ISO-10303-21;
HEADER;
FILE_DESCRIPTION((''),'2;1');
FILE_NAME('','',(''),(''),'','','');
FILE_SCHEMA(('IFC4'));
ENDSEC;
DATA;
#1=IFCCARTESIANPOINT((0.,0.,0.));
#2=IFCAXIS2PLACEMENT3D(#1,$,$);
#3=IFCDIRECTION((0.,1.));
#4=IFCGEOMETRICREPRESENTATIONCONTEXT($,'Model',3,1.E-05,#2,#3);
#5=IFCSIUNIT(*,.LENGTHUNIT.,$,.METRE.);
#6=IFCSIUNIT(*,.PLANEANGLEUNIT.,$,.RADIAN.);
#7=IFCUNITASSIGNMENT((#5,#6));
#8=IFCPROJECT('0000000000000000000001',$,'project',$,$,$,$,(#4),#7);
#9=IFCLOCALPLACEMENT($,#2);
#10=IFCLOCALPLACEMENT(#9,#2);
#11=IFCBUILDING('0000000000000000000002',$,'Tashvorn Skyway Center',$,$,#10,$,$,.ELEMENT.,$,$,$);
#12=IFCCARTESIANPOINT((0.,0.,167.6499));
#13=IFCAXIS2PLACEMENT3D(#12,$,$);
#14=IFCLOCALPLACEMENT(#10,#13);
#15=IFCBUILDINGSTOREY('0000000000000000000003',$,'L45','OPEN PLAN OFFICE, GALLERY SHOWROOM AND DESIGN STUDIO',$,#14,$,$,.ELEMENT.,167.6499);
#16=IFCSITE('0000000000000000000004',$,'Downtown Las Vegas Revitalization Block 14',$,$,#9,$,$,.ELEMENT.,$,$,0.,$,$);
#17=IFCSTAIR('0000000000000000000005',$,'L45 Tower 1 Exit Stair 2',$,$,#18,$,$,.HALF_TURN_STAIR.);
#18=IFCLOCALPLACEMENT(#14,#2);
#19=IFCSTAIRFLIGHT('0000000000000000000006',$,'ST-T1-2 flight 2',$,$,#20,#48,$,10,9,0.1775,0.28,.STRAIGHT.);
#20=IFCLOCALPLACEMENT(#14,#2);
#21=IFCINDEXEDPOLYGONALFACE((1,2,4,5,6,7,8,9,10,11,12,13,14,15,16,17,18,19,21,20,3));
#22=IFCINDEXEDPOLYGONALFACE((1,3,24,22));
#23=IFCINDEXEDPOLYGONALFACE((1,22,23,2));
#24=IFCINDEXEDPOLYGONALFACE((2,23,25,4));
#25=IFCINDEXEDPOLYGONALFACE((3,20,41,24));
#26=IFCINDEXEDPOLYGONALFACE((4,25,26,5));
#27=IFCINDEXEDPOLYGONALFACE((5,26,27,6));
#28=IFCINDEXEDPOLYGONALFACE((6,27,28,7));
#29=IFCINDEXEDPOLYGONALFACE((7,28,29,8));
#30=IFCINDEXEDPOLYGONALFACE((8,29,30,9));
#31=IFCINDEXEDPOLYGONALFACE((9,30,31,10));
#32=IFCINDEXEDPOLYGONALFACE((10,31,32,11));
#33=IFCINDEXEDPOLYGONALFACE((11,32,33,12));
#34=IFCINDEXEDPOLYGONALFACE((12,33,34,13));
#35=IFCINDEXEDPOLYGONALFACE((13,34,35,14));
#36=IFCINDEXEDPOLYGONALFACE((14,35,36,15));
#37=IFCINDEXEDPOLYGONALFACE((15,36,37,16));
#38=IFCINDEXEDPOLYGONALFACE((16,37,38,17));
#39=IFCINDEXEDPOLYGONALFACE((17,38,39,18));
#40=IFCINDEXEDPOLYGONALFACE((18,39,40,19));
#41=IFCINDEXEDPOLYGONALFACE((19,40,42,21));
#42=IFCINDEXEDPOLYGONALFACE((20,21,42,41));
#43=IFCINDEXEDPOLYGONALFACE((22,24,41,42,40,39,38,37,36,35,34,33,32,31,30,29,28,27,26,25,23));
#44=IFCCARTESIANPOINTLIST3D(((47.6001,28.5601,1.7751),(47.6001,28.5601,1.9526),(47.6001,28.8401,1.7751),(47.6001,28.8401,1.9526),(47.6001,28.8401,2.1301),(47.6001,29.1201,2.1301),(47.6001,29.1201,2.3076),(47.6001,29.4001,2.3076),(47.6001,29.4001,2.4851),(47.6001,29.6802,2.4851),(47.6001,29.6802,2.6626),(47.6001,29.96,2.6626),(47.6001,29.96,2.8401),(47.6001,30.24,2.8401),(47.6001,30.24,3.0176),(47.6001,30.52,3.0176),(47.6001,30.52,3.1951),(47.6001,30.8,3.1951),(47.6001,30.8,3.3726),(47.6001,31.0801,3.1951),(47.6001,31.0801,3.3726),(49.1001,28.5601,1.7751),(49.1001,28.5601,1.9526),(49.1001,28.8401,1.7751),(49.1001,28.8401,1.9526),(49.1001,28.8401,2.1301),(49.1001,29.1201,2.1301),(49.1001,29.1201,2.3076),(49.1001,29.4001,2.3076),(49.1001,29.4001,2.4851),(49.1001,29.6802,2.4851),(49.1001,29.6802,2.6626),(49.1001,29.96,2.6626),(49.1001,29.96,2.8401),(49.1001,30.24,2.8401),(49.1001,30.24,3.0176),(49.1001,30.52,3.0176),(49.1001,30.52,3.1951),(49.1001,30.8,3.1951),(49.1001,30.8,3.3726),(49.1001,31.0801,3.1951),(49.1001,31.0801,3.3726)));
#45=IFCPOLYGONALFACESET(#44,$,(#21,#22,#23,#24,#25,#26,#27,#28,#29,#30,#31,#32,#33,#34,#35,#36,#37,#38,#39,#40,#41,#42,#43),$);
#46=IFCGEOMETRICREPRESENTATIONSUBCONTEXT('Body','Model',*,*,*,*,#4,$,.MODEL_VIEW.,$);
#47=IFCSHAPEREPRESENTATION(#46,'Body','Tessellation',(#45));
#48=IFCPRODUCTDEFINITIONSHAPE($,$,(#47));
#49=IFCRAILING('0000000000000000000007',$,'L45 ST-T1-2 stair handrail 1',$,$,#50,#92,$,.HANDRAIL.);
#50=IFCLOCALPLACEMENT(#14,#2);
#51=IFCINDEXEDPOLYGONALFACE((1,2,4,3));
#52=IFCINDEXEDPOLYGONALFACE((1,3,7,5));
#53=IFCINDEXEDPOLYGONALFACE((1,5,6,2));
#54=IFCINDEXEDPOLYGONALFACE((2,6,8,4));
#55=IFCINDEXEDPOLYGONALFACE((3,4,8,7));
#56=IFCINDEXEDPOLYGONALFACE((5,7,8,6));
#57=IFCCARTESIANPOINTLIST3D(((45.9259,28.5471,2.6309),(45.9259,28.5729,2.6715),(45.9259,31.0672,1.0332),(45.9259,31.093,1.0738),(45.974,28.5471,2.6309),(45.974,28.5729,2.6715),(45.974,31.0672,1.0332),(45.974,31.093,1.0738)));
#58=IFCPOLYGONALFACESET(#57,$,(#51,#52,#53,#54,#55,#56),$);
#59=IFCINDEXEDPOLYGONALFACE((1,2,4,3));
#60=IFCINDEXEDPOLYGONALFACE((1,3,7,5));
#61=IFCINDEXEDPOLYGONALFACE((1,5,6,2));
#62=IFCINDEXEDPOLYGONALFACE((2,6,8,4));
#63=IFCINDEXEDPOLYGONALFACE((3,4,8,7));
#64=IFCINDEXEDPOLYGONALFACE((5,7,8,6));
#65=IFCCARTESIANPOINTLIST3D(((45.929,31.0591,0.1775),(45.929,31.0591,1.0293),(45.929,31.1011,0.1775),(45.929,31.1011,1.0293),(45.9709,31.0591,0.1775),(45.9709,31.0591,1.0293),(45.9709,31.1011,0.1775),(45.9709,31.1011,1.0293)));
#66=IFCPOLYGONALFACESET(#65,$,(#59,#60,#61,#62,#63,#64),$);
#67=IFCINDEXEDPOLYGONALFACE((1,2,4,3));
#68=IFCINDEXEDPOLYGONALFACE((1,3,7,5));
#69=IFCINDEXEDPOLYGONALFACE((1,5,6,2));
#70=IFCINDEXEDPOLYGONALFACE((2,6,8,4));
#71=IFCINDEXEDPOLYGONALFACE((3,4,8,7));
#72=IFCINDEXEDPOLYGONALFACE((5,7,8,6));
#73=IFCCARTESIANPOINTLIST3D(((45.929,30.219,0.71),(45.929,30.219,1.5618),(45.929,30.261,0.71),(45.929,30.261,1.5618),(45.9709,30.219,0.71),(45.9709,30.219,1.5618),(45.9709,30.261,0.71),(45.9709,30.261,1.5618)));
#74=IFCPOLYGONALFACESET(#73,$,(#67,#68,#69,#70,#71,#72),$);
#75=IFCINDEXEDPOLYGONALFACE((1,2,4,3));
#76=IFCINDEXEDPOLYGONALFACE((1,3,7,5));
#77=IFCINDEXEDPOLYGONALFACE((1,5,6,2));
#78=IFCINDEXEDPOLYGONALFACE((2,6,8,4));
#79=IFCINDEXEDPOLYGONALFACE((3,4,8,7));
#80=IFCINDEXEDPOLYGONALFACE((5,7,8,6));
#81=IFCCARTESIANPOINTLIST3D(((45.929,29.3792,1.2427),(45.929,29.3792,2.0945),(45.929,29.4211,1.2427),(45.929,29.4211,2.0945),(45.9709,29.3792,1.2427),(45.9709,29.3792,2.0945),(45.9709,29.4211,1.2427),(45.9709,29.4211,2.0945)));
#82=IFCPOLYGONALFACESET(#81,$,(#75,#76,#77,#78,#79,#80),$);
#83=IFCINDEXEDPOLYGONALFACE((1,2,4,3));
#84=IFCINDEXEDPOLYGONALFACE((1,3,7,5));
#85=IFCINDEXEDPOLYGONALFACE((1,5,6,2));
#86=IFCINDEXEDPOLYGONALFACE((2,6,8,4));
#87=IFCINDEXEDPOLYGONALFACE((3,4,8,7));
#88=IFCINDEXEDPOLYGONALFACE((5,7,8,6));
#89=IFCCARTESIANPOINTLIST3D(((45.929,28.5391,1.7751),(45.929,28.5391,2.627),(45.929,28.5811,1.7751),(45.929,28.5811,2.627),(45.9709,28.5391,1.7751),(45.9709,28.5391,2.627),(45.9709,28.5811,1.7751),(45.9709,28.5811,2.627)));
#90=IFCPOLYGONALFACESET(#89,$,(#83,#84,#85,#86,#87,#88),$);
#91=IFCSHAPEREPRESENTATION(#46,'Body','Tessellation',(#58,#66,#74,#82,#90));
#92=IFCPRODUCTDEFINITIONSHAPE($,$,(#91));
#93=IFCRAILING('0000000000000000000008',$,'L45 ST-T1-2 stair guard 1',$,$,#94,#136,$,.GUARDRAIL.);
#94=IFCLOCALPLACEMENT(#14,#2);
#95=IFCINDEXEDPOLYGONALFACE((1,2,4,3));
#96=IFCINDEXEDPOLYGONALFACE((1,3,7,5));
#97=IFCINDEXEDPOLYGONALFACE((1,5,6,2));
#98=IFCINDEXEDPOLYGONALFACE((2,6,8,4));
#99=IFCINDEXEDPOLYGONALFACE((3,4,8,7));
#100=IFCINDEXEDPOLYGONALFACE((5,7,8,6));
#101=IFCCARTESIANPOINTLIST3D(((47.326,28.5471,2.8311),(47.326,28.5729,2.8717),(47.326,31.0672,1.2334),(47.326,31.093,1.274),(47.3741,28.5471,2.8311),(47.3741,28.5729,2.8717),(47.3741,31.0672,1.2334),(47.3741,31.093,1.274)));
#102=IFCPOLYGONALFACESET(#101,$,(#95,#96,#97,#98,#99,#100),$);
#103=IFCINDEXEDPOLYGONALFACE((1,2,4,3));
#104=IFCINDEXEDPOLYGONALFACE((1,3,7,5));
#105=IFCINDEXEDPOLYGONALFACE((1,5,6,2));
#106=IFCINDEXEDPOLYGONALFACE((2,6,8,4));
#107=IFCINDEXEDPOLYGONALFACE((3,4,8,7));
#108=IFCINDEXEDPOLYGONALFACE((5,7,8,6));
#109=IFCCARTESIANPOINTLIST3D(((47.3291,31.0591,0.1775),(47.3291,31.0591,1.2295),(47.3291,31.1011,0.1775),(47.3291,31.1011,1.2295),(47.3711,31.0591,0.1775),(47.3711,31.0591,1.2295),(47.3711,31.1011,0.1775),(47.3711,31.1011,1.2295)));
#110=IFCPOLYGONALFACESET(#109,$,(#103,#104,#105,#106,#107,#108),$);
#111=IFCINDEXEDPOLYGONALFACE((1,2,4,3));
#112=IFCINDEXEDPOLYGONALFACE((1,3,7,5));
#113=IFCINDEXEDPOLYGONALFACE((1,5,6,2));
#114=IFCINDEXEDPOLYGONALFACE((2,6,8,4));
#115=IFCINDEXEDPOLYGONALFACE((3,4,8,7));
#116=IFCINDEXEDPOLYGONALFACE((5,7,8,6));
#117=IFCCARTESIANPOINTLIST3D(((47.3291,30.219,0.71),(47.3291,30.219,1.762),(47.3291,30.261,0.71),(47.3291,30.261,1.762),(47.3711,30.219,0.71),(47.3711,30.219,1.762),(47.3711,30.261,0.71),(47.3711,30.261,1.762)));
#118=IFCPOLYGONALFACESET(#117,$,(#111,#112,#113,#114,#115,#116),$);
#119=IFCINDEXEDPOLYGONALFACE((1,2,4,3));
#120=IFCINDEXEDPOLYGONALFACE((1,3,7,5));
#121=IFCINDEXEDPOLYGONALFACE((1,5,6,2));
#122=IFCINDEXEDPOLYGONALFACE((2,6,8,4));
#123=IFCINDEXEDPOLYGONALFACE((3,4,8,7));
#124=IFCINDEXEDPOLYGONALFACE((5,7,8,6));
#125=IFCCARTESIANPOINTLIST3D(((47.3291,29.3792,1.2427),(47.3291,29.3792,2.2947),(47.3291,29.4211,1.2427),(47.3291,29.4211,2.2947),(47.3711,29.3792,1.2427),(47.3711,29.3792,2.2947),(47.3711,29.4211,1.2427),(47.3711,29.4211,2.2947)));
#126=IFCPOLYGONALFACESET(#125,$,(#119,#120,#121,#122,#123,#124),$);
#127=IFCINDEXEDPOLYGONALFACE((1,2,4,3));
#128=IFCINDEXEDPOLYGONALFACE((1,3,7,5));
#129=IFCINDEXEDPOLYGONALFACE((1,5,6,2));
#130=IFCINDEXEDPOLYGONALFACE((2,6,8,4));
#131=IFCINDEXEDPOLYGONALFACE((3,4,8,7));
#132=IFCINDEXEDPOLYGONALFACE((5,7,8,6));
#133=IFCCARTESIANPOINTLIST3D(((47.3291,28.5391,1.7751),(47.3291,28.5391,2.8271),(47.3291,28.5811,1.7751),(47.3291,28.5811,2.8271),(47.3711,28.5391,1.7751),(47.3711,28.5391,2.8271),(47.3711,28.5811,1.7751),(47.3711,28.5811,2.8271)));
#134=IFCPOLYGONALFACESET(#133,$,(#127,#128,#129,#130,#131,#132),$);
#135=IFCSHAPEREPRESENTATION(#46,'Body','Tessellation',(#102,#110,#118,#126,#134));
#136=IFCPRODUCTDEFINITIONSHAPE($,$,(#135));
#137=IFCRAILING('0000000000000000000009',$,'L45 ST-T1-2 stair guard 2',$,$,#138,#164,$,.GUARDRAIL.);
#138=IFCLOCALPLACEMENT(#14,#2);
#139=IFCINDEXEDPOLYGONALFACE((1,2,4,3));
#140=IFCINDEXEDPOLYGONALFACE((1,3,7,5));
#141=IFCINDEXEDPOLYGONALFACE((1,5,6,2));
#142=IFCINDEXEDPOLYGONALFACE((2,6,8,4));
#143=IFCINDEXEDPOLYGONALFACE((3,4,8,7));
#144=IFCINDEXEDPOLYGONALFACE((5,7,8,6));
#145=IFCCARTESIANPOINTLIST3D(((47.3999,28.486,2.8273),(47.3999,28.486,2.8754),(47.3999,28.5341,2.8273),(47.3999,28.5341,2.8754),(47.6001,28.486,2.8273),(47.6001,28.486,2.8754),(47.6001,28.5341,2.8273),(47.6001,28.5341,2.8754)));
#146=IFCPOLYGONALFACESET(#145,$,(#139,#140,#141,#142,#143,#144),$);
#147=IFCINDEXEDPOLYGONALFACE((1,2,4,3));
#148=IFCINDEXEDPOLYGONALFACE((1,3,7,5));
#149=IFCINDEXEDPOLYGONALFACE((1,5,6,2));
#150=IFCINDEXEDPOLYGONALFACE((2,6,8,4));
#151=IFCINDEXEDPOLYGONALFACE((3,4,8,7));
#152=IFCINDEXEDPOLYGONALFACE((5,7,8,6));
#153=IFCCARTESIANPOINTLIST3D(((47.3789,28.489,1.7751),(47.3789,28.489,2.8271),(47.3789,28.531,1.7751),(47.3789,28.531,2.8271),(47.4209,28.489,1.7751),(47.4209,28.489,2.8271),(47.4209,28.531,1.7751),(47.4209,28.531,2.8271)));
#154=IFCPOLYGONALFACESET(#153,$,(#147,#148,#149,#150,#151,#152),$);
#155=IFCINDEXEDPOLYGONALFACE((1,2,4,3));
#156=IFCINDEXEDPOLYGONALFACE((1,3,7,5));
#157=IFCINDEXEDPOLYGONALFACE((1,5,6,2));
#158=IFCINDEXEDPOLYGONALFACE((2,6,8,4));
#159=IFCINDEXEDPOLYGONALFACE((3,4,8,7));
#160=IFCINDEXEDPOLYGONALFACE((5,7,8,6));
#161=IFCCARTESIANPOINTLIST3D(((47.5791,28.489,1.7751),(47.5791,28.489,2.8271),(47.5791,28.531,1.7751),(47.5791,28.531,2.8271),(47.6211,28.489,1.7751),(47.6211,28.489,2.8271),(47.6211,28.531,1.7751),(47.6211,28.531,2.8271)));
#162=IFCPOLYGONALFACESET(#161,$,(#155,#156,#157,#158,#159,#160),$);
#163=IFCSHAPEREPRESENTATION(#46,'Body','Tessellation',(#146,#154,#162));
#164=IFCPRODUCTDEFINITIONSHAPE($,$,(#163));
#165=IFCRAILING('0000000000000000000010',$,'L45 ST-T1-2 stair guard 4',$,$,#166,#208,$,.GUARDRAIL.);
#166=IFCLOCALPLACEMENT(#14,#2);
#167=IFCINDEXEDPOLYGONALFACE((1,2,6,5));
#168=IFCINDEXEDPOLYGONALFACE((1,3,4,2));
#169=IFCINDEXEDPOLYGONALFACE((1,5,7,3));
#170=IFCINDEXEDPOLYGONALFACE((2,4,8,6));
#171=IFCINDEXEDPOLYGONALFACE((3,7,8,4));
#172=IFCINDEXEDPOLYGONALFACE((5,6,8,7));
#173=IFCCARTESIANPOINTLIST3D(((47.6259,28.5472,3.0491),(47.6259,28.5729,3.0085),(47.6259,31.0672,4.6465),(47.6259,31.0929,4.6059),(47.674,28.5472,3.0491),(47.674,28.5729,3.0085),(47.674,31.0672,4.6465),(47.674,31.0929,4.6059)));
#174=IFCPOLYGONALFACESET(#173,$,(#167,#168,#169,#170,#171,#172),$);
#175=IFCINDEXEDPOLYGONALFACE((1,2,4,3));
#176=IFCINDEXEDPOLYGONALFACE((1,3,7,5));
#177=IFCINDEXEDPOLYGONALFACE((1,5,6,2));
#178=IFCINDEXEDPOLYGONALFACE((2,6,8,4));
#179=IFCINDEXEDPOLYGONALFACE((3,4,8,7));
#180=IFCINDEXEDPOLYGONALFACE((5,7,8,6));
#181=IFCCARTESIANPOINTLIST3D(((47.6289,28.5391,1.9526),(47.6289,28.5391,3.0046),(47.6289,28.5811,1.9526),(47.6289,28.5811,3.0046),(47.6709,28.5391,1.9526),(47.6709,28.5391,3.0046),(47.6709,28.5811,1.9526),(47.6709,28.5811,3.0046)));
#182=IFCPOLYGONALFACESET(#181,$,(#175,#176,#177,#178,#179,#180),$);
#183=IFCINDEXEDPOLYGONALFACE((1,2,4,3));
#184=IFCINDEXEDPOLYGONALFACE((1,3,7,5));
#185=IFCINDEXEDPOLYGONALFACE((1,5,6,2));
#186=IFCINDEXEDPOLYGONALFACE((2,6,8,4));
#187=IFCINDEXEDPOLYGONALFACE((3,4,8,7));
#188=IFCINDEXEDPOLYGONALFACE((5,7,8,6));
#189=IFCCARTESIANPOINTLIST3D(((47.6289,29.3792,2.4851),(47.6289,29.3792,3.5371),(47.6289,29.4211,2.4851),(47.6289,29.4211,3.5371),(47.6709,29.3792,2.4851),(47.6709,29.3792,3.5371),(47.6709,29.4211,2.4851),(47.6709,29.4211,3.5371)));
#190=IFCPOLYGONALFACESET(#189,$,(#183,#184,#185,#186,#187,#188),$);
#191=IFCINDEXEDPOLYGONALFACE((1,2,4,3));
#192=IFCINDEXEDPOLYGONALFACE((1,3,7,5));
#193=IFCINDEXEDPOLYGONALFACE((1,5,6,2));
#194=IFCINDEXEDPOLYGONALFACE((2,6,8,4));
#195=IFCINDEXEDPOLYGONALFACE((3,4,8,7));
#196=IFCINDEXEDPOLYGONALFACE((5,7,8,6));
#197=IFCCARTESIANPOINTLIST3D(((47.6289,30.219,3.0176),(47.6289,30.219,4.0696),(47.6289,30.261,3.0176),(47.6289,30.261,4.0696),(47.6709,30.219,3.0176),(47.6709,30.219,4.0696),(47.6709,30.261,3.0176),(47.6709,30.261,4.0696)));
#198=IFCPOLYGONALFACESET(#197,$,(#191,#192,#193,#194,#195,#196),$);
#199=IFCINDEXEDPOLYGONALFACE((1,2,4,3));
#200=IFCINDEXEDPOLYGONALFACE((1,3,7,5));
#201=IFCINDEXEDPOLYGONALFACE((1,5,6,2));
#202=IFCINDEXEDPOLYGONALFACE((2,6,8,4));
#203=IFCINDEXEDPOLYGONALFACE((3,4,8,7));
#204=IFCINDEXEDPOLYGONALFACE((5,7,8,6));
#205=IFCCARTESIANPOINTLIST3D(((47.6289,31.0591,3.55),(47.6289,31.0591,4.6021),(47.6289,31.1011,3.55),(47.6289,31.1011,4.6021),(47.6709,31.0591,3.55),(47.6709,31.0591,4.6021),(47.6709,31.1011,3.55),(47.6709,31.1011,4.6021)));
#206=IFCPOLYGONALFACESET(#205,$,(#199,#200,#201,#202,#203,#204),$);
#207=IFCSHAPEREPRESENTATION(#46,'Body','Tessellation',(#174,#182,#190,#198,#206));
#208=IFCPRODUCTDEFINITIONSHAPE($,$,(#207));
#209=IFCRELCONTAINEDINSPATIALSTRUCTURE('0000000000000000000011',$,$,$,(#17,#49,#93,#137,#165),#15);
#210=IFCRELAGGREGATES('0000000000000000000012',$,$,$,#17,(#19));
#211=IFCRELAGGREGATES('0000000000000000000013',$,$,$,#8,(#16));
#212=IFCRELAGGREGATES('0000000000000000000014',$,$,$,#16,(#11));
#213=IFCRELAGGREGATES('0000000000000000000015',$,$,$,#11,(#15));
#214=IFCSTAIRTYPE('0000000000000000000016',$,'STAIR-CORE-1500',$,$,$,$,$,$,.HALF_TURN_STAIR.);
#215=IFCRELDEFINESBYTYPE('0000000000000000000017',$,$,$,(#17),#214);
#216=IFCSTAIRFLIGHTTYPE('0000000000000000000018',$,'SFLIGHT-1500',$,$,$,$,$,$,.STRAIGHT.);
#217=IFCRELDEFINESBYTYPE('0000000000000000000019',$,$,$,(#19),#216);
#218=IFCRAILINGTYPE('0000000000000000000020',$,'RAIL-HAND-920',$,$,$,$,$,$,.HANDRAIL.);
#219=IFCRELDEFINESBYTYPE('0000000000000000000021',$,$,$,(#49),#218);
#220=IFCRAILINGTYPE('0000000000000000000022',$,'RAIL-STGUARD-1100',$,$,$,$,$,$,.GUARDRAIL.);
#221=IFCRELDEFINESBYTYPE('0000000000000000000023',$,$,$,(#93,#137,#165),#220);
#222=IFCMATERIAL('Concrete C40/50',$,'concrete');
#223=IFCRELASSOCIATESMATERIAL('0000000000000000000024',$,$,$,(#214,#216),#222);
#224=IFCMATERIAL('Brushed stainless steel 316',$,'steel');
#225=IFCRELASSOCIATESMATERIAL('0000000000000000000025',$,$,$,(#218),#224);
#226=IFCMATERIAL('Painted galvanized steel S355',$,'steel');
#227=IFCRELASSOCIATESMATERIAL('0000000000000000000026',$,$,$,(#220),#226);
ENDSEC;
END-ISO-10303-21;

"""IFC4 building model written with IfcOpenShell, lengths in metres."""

from ifc_helpers import new_model, si_unit, direction, frame, origin, origin_2d, place, context, subcontext, project, spatial, polyline, rectangle, outline, extrude, material, type_object, element, aggregate, save


model = new_model("IFC4")

# Units and contexts
model_context = context("Model", 3, precision=1e-05, world=origin(), true_north=direction((0.0, 1.0)))
body_context = subcontext(model_context, "Body", "Model", "MODEL_VIEW")
ifc_project = project(units=[si_unit("LENGTHUNIT", "METRE"), si_unit("PLANEANGLEUNIT", "RADIAN")], contexts=[model_context])

# Site, building, storey
site_placement = place(None, origin())
site = spatial("IfcSite", under=ifc_project, at=site_placement, Name="Downtown Las Vegas Revitalization Block 14", CompositionType="ELEMENT", RefElevation=0.0)
building_placement = place(site_placement, origin())
building = spatial("IfcBuilding", under=site, at=building_placement, Name="Tashvorn Skyway Center", CompositionType="ELEMENT")
storey_placement = place(building_placement, frame((0.0, 0.0, 167.6499)))
storey = spatial("IfcBuildingStorey", under=building, at=storey_placement, Name="L45", Description="OPEN PLAN OFFICE, GALLERY SHOWROOM AND DESIGN STUDIO", CompositionType="ELEMENT", Elevation=167.6499)

# Shared definitions
ifc_material_1 = material(Name="Concrete C40/50", Category="concrete")

# Stair, stair flight
stair_type = type_object("IfcStairType", Name="STAIR-CORE-1500", PredefinedType="HALF_TURN_STAIR", material=ifc_material_1)
stair_placement = place(storey_placement, origin())
stair = element("IfcStair", 1, at=stair_placement, inside=storey, type_object=stair_type, Name="L45 Tower 1 Exit Stair 2", PredefinedType="HALF_TURN_STAIR")
stair_flight_type = type_object("IfcStairFlightType", Name="SFLIGHT-1500", PredefinedType="STRAIGHT", material=ifc_material_1)
stair_flight_1_placement = place(storey_placement, frame((48.3501, 28.5601, 1.7751), z_axis=(0.0, 0.0, 1.0), x_axis=(0.0, 1.0, 0.0)))
stair_flight_1 = element("IfcStairFlight", 2, at=stair_flight_1_placement, type_object=stair_flight_type, Name="ST-T1-2 flight 2", NumberOfRisers=10, NumberOfTreads=9, PredefinedType="STRAIGHT", RiserHeight=0.1775, TreadLength=0.28, context=body_context, shape_type="SweptSolid", body=[
    extrude(outline(polyline([(0.0, 0.0), (0.0, 0.1775), (0.28, 0.1775), (0.28, 0.355), (0.5601, 0.355), (0.5601, 0.5325), (0.8401, 0.5325), (0.8401, 0.71), (1.1201, 0.71), (1.1201, 0.8875), (1.3999, 0.8875), (1.3999, 1.0649), (1.6799, 1.0649), (1.6799, 1.2424), (1.96, 1.2424), (1.96, 1.4199), (2.24, 1.4199), (2.24, 1.5974), (2.52, 1.5974), (2.52, 1.7749), (2.52, 1.4199), (0.28, 0.0), (0.0, 0.0)])), frame((0.0, 0.75, 0.0), z_axis=(0.0, -1.0, 0.0), x_axis=(1.0, 0.0, 0.0)), (0.0, 0.0, 1.0), 1.5),
])
aggregate(stair, [stair_flight_1])

# Railings
ifc_material_2 = material(Name="Brushed stainless steel 316", Category="steel")
railing_type_1 = type_object("IfcRailingType", Name="RAIL-HAND-920", PredefinedType="HANDRAIL", material=ifc_material_2)
railing_1_placement = place(storey_placement, frame((45.95, 31.0801, 0.1775)))
element("IfcRailing", 3, at=railing_1_placement, inside=storey, type_object=railing_type_1, Name="L45 ST-T1-2 stair handrail 1", PredefinedType="HANDRAIL", context=body_context, shape_type="SweptSolid", body=[
    extrude(rectangle(XDim=0.0481, YDim=0.0481, at=origin_2d()), frame((0.0, 0.0, 0.876), z_axis=(0.0, -0.84457, 0.535445), x_axis=(1.0, 0.0, 0.0)), (0.0, 0.0, 1.0), 2.9839),
    extrude(rectangle(XDim=0.042, YDim=0.042, at=origin_2d()), origin(), (0.0, 0.0, 1.0), 0.8518),
    extrude(rectangle(XDim=0.042, YDim=0.042, at=origin_2d()), frame((0.0, -0.8401, 0.5325)), (0.0, 0.0, 1.0), 0.8518),
    extrude(rectangle(XDim=0.042, YDim=0.042, at=origin_2d()), frame((0.0, -1.6799, 1.0652)), (0.0, 0.0, 1.0), 0.8518),
    extrude(rectangle(XDim=0.042, YDim=0.042, at=origin_2d()), frame((0.0, -2.52, 1.5977)), (0.0, 0.0, 1.0), 0.8518),
])
ifc_material_3 = material(Name="Painted galvanized steel S355", Category="steel")
railing_type_2 = type_object("IfcRailingType", Name="RAIL-STGUARD-1100", PredefinedType="GUARDRAIL", material=ifc_material_3)
railing_2_placement = place(storey_placement, frame((47.3501, 31.0801, 0.1775)))
element("IfcRailing", 4, at=railing_2_placement, inside=storey, type_object=railing_type_2, Name="L45 ST-T1-2 stair guard 1", PredefinedType="GUARDRAIL", context=body_context, shape_type="SweptSolid", body=[
    extrude(rectangle(XDim=0.0481, YDim=0.0481, at=origin_2d()), frame((0.0, 0.0, 1.0762), z_axis=(0.0, -0.84457, 0.535445), x_axis=(1.0, 0.0, 0.0)), (0.0, 0.0, 1.0), 2.9839),
    extrude(rectangle(XDim=0.042, YDim=0.042, at=origin_2d()), origin(), (0.0, 0.0, 1.0), 1.052),
    extrude(rectangle(XDim=0.042, YDim=0.042, at=origin_2d()), frame((0.0, -0.8401, 0.5325)), (0.0, 0.0, 1.0), 1.052),
    extrude(rectangle(XDim=0.042, YDim=0.042, at=origin_2d()), frame((0.0, -1.6799, 1.0652)), (0.0, 0.0, 1.0), 1.052),
    extrude(rectangle(XDim=0.042, YDim=0.042, at=origin_2d()), frame((0.0, -2.52, 1.5977)), (0.0, 0.0, 1.0), 1.052),
])
railing_3_placement = place(storey_placement, frame((47.3999, 28.51, 1.7751)))
element("IfcRailing", 5, at=railing_3_placement, inside=storey, type_object=railing_type_2, Name="L45 ST-T1-2 stair guard 2", PredefinedType="GUARDRAIL", context=body_context, shape_type="SweptSolid", body=[
    extrude(rectangle(XDim=0.0481, YDim=0.0481, at=origin_2d()), frame((0.0, 0.0, 1.0762), z_axis=(1.0, 0.0, 0.0), x_axis=(0.0, 1.0, 0.0)), (0.0, 0.0, 1.0), 0.2002),
    extrude(rectangle(XDim=0.042, YDim=0.042, at=origin_2d()), origin(), (0.0, 0.0, 1.0), 1.052),
    extrude(rectangle(XDim=0.042, YDim=0.042, at=origin_2d()), frame((0.2002, 0.0, 0.0)), (0.0, 0.0, 1.0), 1.052),
])
railing_4_placement = place(storey_placement, frame((47.6499, 28.5601, 1.9526)))
element("IfcRailing", 6, at=railing_4_placement, inside=storey, type_object=railing_type_2, Name="L45 ST-T1-2 stair guard 4", PredefinedType="GUARDRAIL", context=body_context, shape_type="SweptSolid", body=[
    extrude(rectangle(XDim=0.0481, YDim=0.0481, at=origin_2d()), frame((0.0, 0.0, 1.0762), z_axis=(0.0, 0.844607, 0.535387), x_axis=(-1.0, 0.0, 0.0)), (0.0, 0.0, 1.0), 2.9836),
    extrude(rectangle(XDim=0.042, YDim=0.042, at=origin_2d()), origin(), (0.0, 0.0, 1.0), 1.052),
    extrude(rectangle(XDim=0.042, YDim=0.042, at=origin_2d()), frame((0.0, 0.8401, 0.5325)), (0.0, 0.0, 1.0), 1.052),
    extrude(rectangle(XDim=0.042, YDim=0.042, at=origin_2d()), frame((0.0, 1.6799, 1.0649)), (0.0, 0.0, 1.0), 1.052),
    extrude(rectangle(XDim=0.042, YDim=0.042, at=origin_2d()), frame((0.0, 2.52, 1.5974)), (0.0, 0.0, 1.0), 1.052),
])

save(model, "model.ifc")
